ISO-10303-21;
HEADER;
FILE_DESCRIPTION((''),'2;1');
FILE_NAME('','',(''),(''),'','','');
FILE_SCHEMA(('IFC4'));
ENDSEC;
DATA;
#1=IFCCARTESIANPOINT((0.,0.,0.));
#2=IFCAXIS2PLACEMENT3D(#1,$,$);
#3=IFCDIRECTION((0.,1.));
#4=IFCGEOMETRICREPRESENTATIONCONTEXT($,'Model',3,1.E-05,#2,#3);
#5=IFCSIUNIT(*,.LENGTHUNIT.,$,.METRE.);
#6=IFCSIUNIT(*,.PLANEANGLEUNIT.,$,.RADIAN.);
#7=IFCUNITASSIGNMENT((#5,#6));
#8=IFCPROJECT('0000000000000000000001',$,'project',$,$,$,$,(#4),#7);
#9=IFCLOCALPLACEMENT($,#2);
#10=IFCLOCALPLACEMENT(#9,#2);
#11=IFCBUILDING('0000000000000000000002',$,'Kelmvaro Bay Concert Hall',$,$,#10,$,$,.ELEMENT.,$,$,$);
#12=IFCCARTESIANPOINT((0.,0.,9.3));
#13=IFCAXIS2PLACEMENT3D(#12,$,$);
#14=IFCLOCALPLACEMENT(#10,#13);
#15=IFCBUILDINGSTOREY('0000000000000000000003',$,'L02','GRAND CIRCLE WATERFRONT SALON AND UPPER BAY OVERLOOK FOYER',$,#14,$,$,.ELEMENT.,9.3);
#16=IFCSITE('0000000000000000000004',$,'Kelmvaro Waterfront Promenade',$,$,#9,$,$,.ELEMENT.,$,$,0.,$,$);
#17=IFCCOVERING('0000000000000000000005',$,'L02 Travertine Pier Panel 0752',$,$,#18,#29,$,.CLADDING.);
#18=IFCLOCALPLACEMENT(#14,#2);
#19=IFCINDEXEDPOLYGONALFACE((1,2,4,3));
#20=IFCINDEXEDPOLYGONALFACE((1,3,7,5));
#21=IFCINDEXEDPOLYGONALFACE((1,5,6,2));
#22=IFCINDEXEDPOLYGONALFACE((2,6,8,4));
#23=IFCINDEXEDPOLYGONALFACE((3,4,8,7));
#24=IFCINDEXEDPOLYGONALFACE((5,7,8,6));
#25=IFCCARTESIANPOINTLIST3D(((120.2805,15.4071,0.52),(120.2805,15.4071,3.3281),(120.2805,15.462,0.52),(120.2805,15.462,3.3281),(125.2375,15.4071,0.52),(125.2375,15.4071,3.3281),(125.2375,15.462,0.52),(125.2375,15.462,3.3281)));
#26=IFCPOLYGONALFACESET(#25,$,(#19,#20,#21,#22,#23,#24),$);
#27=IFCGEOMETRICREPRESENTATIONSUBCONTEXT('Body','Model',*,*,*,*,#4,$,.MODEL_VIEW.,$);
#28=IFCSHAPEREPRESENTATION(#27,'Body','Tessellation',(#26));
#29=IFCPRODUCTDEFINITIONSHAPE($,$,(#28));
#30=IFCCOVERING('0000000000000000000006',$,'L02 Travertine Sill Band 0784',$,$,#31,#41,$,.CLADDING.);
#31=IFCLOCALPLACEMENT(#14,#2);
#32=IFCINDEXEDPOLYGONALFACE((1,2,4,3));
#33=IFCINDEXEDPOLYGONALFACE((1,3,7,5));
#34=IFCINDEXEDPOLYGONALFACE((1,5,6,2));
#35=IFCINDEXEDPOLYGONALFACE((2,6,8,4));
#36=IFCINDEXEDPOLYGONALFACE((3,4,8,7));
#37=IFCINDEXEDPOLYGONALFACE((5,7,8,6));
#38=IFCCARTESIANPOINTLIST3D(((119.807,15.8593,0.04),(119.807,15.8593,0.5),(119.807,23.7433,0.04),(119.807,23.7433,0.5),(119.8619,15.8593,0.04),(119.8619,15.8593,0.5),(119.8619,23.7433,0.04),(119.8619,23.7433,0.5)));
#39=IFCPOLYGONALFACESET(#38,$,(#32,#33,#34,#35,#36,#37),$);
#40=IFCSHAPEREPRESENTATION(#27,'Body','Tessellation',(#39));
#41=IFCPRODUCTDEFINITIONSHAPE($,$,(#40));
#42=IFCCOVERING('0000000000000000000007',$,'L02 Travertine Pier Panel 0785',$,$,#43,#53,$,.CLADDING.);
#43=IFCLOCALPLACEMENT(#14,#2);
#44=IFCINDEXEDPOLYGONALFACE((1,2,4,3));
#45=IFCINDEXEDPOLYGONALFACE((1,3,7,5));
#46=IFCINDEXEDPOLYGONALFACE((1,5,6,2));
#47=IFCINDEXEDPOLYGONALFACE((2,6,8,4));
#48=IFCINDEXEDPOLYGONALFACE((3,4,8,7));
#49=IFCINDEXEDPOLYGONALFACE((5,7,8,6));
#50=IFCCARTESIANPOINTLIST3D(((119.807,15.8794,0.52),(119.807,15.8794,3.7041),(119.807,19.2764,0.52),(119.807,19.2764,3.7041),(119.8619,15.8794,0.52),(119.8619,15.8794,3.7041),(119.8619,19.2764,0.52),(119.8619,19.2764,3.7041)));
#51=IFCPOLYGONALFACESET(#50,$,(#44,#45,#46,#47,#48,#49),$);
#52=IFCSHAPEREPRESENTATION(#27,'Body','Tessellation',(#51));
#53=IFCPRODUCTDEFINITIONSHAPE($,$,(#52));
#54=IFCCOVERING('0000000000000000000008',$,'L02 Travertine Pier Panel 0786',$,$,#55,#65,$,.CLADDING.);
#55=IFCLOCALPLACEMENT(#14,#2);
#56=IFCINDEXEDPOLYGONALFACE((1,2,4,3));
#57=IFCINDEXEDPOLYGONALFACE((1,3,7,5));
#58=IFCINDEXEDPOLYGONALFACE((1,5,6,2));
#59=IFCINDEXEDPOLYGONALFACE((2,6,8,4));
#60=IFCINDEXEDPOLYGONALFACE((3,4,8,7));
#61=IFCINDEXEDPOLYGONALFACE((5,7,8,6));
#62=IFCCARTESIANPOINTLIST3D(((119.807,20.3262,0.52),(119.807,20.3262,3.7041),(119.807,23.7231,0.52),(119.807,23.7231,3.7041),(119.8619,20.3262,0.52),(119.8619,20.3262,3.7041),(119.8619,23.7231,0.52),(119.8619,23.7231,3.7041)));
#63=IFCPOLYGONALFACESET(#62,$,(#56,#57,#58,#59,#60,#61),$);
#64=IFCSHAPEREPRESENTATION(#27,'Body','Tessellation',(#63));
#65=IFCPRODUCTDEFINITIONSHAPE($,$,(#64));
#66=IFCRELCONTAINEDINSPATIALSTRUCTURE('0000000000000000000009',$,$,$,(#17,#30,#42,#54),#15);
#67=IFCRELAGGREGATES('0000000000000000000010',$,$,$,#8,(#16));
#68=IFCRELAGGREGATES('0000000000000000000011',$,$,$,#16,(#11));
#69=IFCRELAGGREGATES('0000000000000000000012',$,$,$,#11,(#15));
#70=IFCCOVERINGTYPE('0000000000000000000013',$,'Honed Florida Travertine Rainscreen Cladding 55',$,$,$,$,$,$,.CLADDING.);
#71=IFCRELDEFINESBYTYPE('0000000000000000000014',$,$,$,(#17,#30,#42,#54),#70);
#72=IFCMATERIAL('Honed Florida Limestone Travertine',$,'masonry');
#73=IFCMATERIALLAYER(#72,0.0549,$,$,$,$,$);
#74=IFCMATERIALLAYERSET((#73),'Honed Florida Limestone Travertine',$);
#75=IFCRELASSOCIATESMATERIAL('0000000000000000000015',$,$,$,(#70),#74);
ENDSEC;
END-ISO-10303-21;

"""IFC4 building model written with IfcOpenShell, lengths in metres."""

from ifc_helpers import new_model, si_unit, direction, frame, origin, origin_2d, place, context, subcontext, project, spatial, rectangle, extrude, material, layer, layer_set, type_object, element, save


model = new_model("IFC4")

# Units and contexts
model_context = context("Model", 3, precision=1e-05, world=origin(), true_north=direction((0.0, 1.0)))
body_context = subcontext(model_context, "Body", "Model", "MODEL_VIEW")
ifc_project = project(units=[si_unit("LENGTHUNIT", "METRE"), si_unit("PLANEANGLEUNIT", "RADIAN")], contexts=[model_context])

# Site, building, storey
site_placement = place(None, origin())
site = spatial("IfcSite", under=ifc_project, at=site_placement, Name="Kelmvaro Waterfront Promenade", CompositionType="ELEMENT", RefElevation=0.0)
building_placement = place(site_placement, origin())
building = spatial("IfcBuilding", under=site, at=building_placement, Name="Kelmvaro Bay Concert Hall", CompositionType="ELEMENT")
storey_placement = place(building_placement, frame((0.0, 0.0, 9.3)))
storey = spatial("IfcBuildingStorey", under=building, at=storey_placement, Name="L02", Description="GRAND CIRCLE WATERFRONT SALON AND UPPER BAY OVERLOOK FOYER", CompositionType="ELEMENT", Elevation=9.3)

# Coverings
ifc_material_1 = material(Name="Honed Florida Limestone Travertine", Category="masonry")
ifc_layer_1 = layer(ifc_material_1, 0.0549)
ifc_layer_set_1 = layer_set([ifc_layer_1], Name="Honed Florida Limestone Travertine")
covering_type = type_object("IfcCoveringType", Name="Honed Florida Travertine Rainscreen Cladding 55", PredefinedType="CLADDING", material=ifc_layer_set_1)
for number, where, z_axis, x_axis, name in (
    (1, (122.759, 15.4346, 0.52), (0.0, 0.0, 1.0), (-1.0, 0.0, 0.0), "L02 Travertine Pier Panel 0752"),
):
    element("IfcCovering", number, at=place(storey_placement, frame(where, z_axis=z_axis, x_axis=x_axis)), inside=storey, type_object=covering_type, Name=name, PredefinedType="CLADDING", context=body_context, shape_type="SweptSolid", body=[
        extrude(rectangle(XDim=4.957, YDim=0.0549, at=origin_2d()), origin(), (0.0, 0.0, 1.0), 2.8081),
    ])
covering_1_placement = place(storey_placement, frame((119.8345, 19.8013, 0.04), z_axis=(0.0, 0.0, 1.0), x_axis=(0.0, 1.0, 0.0)))
element("IfcCovering", 2, at=covering_1_placement, inside=storey, type_object=covering_type, Name="L02 Travertine Sill Band 0784", PredefinedType="CLADDING", context=body_context, shape_type="SweptSolid", body=[
    extrude(rectangle(XDim=7.884, YDim=0.0549, at=origin_2d()), origin(), (0.0, 0.0, 1.0), 0.46),
])
for number, where, z_axis, x_axis, name in (
    (3, (119.8345, 17.5779, 0.52), (0.0, 0.0, 1.0), (0.0, 1.0, 0.0), "L02 Travertine Pier Panel 0785"),
    (4, (119.8345, 22.0247, 0.52), (0.0, 0.0, 1.0), (0.0, 1.0, 0.0), "L02 Travertine Pier Panel 0786"),
):
    element("IfcCovering", number, at=place(storey_placement, frame(where, z_axis=z_axis, x_axis=x_axis)), inside=storey, type_object=covering_type, Name=name, PredefinedType="CLADDING", context=body_context, shape_type="SweptSolid", body=[
        extrude(rectangle(XDim=3.397, YDim=0.0549, at=origin_2d()), origin(), (0.0, 0.0, 1.0), 3.1841),
    ])

save(model, "model.ifc")
